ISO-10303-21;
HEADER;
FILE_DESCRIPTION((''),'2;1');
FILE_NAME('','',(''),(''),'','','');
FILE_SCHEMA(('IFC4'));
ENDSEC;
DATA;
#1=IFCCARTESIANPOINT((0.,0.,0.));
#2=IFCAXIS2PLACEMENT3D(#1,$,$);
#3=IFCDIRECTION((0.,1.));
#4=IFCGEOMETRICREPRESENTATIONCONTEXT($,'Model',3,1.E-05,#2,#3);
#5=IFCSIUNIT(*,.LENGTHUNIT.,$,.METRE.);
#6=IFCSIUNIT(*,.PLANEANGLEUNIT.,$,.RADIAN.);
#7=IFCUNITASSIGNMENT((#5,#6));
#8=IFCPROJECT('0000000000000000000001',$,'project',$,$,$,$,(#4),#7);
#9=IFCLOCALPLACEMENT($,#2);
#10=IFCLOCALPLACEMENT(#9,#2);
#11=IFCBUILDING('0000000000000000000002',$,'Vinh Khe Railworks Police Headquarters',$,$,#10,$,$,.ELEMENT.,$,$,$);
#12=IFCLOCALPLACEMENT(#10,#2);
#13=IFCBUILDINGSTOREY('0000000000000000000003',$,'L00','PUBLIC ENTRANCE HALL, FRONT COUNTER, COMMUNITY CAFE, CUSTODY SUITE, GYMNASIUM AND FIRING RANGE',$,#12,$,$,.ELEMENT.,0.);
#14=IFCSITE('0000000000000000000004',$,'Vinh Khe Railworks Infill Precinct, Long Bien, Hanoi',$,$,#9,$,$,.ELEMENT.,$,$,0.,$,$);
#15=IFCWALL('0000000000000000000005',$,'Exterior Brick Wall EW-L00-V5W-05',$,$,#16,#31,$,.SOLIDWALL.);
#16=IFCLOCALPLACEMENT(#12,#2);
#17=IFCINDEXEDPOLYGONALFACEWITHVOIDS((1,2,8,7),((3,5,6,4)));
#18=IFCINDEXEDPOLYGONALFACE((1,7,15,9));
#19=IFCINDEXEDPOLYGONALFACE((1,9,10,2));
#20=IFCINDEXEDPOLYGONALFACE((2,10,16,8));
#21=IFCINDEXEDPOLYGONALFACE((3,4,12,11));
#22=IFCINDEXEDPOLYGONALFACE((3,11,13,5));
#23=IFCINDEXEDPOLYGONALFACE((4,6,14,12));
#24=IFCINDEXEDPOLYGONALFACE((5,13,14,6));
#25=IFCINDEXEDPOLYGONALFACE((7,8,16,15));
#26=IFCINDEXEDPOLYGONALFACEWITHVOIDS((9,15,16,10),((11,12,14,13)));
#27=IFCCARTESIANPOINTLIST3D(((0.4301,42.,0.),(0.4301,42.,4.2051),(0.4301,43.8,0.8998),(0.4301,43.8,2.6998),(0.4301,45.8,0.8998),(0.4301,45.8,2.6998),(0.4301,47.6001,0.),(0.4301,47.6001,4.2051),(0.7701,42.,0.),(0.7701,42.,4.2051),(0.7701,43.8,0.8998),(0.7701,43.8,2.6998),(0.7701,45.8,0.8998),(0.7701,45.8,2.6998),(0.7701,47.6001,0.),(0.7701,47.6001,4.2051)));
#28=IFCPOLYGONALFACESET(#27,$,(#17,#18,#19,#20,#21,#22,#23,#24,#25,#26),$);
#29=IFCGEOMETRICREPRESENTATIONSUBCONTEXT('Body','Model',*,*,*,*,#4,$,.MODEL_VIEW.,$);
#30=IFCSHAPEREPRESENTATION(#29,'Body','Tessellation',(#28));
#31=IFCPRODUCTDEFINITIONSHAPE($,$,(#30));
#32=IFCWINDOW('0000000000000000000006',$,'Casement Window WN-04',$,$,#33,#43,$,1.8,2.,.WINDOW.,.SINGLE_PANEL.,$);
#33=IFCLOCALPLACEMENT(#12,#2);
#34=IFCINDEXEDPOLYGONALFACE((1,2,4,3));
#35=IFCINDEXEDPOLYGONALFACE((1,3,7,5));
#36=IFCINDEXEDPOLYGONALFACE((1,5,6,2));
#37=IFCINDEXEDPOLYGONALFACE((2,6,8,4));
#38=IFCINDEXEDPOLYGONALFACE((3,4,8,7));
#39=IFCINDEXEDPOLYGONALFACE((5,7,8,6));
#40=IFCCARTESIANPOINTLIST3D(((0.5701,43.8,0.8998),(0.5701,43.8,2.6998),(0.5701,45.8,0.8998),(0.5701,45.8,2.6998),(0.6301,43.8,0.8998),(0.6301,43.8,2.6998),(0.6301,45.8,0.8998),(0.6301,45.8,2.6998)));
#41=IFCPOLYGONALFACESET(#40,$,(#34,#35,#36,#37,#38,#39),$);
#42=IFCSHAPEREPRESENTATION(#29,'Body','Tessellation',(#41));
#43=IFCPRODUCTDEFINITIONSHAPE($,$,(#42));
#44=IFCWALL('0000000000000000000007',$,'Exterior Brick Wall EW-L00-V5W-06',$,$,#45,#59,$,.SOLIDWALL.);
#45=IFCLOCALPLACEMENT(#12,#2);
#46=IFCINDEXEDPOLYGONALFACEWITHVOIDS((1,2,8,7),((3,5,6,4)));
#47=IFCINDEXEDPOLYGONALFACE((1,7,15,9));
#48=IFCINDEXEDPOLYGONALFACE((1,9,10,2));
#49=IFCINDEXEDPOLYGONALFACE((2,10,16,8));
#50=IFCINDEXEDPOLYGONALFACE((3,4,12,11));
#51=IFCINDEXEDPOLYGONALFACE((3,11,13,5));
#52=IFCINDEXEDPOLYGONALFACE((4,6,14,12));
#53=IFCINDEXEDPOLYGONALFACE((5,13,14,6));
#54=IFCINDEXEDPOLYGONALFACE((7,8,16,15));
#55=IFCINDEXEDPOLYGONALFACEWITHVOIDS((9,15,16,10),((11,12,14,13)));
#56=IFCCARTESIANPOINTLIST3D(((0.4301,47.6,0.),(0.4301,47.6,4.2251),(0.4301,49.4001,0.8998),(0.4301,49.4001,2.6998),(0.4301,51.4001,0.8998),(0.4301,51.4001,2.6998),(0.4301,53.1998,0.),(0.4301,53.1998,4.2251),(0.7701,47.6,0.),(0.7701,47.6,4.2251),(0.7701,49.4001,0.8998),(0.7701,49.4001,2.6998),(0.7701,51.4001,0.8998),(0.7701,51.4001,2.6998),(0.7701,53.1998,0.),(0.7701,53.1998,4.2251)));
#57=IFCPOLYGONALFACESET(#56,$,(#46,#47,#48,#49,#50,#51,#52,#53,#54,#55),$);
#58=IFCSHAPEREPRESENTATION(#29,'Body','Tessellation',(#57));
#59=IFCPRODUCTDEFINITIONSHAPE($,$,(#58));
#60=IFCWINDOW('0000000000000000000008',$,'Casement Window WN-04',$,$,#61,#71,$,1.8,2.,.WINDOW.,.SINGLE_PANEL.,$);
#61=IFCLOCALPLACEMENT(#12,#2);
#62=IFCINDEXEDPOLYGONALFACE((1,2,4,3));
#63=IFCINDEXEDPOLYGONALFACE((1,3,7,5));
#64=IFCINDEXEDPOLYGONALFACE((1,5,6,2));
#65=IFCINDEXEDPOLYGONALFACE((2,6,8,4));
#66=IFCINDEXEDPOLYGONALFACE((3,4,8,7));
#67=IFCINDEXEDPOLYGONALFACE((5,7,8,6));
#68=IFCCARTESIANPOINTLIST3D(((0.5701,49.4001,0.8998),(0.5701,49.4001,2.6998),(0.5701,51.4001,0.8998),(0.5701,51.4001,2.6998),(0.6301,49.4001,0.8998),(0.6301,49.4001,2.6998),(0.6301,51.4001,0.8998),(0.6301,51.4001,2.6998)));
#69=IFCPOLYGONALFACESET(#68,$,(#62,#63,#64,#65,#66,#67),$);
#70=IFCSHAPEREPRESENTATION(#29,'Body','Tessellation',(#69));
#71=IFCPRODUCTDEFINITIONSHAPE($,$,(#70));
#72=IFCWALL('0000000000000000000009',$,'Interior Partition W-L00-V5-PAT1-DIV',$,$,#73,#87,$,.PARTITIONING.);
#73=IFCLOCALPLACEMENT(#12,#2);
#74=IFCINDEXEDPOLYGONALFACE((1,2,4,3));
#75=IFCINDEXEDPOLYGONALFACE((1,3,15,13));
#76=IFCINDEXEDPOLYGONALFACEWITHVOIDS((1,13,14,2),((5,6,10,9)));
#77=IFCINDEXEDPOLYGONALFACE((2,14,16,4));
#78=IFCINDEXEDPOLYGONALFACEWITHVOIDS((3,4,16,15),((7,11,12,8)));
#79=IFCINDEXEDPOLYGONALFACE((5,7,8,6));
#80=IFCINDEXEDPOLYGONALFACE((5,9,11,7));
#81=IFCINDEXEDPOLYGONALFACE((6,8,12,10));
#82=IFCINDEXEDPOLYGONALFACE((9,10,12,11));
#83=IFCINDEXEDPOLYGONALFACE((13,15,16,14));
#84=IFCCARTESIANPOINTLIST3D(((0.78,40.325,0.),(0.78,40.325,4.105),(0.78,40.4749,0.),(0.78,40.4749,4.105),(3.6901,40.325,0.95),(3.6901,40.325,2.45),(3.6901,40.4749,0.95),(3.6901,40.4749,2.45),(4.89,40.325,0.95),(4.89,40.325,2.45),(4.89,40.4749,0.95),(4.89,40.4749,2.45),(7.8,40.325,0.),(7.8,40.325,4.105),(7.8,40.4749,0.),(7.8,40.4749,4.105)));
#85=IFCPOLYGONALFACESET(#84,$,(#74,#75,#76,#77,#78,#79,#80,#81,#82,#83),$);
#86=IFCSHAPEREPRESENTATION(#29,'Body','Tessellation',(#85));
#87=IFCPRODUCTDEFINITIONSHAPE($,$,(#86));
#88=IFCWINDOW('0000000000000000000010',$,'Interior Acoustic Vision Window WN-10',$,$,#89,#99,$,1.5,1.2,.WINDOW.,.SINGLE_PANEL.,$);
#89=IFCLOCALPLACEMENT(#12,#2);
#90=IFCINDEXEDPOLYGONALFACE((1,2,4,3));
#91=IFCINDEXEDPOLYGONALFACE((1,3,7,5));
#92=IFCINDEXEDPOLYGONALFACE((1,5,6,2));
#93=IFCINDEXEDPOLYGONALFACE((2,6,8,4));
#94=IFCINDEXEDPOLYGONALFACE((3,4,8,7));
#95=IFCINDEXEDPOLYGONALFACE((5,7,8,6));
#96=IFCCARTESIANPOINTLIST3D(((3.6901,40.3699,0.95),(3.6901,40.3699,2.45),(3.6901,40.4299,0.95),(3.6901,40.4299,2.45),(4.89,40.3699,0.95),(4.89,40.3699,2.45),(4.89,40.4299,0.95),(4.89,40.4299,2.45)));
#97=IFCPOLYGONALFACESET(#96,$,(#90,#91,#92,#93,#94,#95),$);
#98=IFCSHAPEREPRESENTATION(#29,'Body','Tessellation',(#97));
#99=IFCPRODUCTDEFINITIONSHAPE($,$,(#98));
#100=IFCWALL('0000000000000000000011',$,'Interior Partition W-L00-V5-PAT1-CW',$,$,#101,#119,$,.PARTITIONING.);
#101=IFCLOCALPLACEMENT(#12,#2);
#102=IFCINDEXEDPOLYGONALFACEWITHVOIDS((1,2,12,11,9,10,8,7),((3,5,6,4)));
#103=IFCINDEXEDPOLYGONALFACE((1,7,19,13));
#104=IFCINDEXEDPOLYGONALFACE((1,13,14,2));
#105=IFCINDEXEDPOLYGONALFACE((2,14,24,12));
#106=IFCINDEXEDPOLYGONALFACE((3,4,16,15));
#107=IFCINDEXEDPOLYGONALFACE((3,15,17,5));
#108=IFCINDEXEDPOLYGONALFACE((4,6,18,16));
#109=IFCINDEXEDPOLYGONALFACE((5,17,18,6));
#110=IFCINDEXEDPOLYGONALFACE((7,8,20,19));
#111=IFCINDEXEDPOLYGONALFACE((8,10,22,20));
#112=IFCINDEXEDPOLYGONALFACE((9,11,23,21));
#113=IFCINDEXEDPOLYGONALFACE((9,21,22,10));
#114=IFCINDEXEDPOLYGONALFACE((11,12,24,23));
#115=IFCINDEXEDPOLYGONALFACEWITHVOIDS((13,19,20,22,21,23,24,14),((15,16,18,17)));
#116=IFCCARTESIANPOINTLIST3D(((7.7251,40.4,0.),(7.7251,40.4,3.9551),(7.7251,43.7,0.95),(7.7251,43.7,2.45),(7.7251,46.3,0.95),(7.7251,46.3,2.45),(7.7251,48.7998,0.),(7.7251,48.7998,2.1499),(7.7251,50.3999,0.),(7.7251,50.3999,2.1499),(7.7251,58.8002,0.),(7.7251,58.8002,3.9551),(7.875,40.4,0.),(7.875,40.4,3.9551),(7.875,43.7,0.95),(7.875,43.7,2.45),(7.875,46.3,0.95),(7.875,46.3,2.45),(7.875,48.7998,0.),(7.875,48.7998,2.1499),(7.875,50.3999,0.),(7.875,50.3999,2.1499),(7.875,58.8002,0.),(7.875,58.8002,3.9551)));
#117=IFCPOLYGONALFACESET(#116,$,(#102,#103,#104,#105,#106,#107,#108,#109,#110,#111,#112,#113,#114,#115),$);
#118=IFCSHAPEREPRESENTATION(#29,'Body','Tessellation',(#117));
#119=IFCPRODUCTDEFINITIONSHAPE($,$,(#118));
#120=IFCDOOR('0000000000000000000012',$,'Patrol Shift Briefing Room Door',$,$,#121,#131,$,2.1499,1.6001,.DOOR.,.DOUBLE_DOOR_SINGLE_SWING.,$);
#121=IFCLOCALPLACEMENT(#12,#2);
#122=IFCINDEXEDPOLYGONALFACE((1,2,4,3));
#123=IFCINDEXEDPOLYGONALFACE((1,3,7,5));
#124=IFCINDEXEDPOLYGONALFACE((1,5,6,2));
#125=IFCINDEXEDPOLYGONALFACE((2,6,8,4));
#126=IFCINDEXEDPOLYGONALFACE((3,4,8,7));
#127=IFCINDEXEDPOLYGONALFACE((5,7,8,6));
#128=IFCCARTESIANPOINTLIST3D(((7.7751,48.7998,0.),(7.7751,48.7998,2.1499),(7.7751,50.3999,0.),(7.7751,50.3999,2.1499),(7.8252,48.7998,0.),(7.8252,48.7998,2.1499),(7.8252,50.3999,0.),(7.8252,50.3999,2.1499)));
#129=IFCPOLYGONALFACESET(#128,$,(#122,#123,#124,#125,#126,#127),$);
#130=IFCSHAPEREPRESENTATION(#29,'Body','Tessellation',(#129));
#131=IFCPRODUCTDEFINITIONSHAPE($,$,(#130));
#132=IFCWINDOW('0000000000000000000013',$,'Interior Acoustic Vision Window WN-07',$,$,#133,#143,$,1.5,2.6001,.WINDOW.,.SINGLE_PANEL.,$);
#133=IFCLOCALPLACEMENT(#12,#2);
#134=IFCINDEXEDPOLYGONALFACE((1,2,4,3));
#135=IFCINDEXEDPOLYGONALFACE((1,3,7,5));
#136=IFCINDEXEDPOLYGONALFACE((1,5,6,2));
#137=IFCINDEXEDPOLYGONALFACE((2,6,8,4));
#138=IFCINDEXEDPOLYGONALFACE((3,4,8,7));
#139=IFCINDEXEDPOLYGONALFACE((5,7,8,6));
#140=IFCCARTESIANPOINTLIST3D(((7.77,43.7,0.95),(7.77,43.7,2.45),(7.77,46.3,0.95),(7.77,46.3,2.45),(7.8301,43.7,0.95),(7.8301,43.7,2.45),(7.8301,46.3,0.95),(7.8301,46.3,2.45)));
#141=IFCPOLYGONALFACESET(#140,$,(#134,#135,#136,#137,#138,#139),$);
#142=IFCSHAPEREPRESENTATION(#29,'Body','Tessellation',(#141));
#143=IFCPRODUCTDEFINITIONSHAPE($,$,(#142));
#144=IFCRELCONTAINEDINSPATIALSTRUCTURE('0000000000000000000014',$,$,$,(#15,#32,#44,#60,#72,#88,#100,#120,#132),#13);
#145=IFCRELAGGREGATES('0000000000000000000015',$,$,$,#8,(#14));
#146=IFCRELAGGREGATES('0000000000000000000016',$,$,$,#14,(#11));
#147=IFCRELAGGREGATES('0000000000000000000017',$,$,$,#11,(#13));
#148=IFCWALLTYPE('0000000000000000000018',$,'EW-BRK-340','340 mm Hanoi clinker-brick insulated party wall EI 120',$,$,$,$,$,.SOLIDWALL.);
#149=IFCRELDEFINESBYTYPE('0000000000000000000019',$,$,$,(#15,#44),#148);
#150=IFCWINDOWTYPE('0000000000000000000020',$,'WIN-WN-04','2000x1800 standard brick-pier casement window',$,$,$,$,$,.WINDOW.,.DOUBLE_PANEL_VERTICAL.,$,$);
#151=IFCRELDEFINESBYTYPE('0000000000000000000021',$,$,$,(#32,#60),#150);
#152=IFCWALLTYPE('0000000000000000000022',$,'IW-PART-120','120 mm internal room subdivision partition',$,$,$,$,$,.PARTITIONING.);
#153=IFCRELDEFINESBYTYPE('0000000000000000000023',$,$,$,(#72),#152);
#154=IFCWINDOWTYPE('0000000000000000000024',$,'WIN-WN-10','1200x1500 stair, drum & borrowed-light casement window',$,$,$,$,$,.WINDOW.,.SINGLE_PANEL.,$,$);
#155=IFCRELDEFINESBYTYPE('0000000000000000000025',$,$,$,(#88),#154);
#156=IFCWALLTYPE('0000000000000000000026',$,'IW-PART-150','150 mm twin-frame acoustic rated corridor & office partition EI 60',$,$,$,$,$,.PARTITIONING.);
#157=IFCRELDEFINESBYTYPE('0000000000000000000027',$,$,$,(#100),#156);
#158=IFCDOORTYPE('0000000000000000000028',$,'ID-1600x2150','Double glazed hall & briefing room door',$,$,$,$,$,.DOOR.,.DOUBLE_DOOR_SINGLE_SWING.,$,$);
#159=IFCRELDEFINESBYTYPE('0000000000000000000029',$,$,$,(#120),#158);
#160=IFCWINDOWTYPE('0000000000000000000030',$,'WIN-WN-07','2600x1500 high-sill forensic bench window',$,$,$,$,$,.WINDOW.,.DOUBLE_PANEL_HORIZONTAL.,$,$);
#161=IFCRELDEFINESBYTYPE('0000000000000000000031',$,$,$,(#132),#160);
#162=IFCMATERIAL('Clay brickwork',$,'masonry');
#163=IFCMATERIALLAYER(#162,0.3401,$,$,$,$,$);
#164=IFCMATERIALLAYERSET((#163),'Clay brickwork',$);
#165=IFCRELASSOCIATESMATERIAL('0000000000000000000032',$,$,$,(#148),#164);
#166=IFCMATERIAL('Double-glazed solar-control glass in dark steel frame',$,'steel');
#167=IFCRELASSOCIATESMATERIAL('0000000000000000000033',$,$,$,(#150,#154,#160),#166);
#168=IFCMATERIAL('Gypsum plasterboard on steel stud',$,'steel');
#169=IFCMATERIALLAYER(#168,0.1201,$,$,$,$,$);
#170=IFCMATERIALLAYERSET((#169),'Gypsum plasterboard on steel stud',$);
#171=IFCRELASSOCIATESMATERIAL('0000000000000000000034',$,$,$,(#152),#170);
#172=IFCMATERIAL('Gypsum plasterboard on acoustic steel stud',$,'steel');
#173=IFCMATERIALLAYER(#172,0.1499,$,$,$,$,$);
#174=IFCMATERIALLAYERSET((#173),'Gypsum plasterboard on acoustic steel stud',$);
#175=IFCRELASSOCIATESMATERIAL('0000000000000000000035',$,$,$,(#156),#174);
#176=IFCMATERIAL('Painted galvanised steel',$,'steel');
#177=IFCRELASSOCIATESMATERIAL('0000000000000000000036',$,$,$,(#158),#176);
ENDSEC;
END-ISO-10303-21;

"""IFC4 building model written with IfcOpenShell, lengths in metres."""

from ifc_helpers import new_model, si_unit, direction, frame, frame_2d, origin, place, context, subcontext, project, spatial, rectangle, extrude, material, layer, layer_set, type_object, element, fill, save


model = new_model("IFC4")

# Units and contexts
model_context = context("Model", 3, precision=1e-05, world=origin(), true_north=direction((0.0, 1.0)))
body_context = subcontext(model_context, "Body", "Model", "MODEL_VIEW")
ifc_project = project(units=[si_unit("LENGTHUNIT", "METRE"), si_unit("PLANEANGLEUNIT", "RADIAN")], contexts=[model_context])

# Site, building, storey
site_placement = place(None, origin())
site = spatial("IfcSite", under=ifc_project, at=site_placement, Name="Vinh Khe Railworks Infill Precinct, Long Bien, Hanoi", CompositionType="ELEMENT", RefElevation=0.0)
building_placement = place(site_placement, origin())
building = spatial("IfcBuilding", under=site, at=building_placement, Name="Vinh Khe Railworks Police Headquarters", CompositionType="ELEMENT")
storey_placement = place(building_placement, origin())
storey = spatial("IfcBuildingStorey", under=building, at=storey_placement, Name="L00", Description="PUBLIC ENTRANCE HALL, FRONT COUNTER, COMMUNITY CAFE, CUSTODY SUITE, GYMNASIUM AND FIRING RANGE", CompositionType="ELEMENT", Elevation=0.0)

# Walls, openings, windows
ifc_material_1 = material(Name="Clay brickwork", Category="masonry")
ifc_layer_1 = layer(ifc_material_1, 0.3401)
ifc_layer_set_1 = layer_set([ifc_layer_1], Name="Clay brickwork")
wall_type_1 = type_object("IfcWallType", Name="EW-BRK-340", Description="340 mm Hanoi clinker-brick insulated party wall EI 120", PredefinedType="SOLIDWALL", material=ifc_layer_set_1)
wall_1_placement = place(storey_placement, frame((0.6001, 42.0, 0.0), z_axis=(0.0, 0.0, 1.0), x_axis=(0.0, 1.0, 0.0)))
wall_1 = element("IfcWall", 1, at=wall_1_placement, inside=storey, type_object=wall_type_1, Name="Exterior Brick Wall EW-L00-V5W-05", PredefinedType="SOLIDWALL", context=body_context, shape_type="SweptSolid", body=[
    extrude(rectangle(XDim=5.6001, YDim=0.3401, at=frame_2d((2.8, 0.0))), origin(), (0.0, 0.0, 1.0), 4.2051),
])
opening_1_placement = place(wall_1_placement, frame((1.8, 0.0, 0.8999)))
opening_1 = element("IfcOpeningElement", 2, at=opening_1_placement, cuts=wall_1, PredefinedType="OPENING", context=body_context, shape_type="SweptSolid", body=[
    extrude(rectangle(XDim=2.0, YDim=1.8, at=frame_2d((1.0, 0.8999))), frame((0.0, 0.1851, 0.0), z_axis=(0.0, -1.0, 0.0), x_axis=(1.0, 0.0, 0.0)), (0.0, 0.0, 1.0), 0.3699),
])
ifc_material_2 = material(Name="Double-glazed solar-control glass in dark steel frame", Category="steel")
window_type_1 = type_object("IfcWindowType", Name="WIN-WN-04", Description="2000x1800 standard brick-pier casement window", PartitioningType="DOUBLE_PANEL_VERTICAL", PredefinedType="WINDOW", material=ifc_material_2)
window_1_placement = place(opening_1_placement, origin())
window_1 = element("IfcWindow", 3, at=window_1_placement, inside=storey, type_object=window_type_1, Name="Casement Window WN-04", OverallHeight=1.8, OverallWidth=2.0, PartitioningType="SINGLE_PANEL", PredefinedType="WINDOW", context=body_context, shape_type="SweptSolid", body=[
    extrude(rectangle(XDim=2.0, YDim=1.8, at=frame_2d((1.0, 0.8999))), frame((0.0, 0.03, 0.0), z_axis=(0.0, -1.0, 0.0), x_axis=(1.0, 0.0, 0.0)), (0.0, 0.0, 1.0), 0.0601),
])
fill(opening_1, window_1)
wall_2_placement = place(storey_placement, frame((0.6001, 47.6001, 0.0), z_axis=(0.0, 0.0, 1.0), x_axis=(0.0, 1.0, 0.0)))
wall_2 = element("IfcWall", 4, at=wall_2_placement, inside=storey, type_object=wall_type_1, Name="Exterior Brick Wall EW-L00-V5W-06", PredefinedType="SOLIDWALL", context=body_context, shape_type="SweptSolid", body=[
    extrude(rectangle(XDim=5.5999, YDim=0.3401, at=frame_2d((2.7998, 0.0))), origin(), (0.0, 0.0, 1.0), 4.2251),
])
opening_2_placement = place(wall_2_placement, frame((1.8, 0.0, 0.8999)))
opening_2 = element("IfcOpeningElement", 5, at=opening_2_placement, cuts=wall_2, PredefinedType="OPENING", context=body_context, shape_type="SweptSolid", body=[
    extrude(rectangle(XDim=2.0, YDim=1.8, at=frame_2d((1.0, 0.8999))), frame((0.0, 0.1851, 0.0), z_axis=(0.0, -1.0, 0.0), x_axis=(1.0, 0.0, 0.0)), (0.0, 0.0, 1.0), 0.3699),
])
window_2_placement = place(opening_2_placement, origin())
window_2 = element("IfcWindow", 6, at=window_2_placement, inside=storey, type_object=window_type_1, Name="Casement Window WN-04", OverallHeight=1.8, OverallWidth=2.0, PartitioningType="SINGLE_PANEL", PredefinedType="WINDOW", context=body_context, shape_type="SweptSolid", body=[
    extrude(rectangle(XDim=2.0, YDim=1.8, at=frame_2d((1.0, 0.8999))), frame((0.0, 0.03, 0.0), z_axis=(0.0, -1.0, 0.0), x_axis=(1.0, 0.0, 0.0)), (0.0, 0.0, 1.0), 0.0601),
])
fill(opening_2, window_2)

# Shared definitions
ifc_material_3 = material(Name="Painted galvanised steel", Category="steel")

# Wall, opening, window
ifc_material_4 = material(Name="Gypsum plasterboard on steel stud", Category="steel")
ifc_layer_2 = layer(ifc_material_4, 0.1201)
ifc_layer_set_2 = layer_set([ifc_layer_2], Name="Gypsum plasterboard on steel stud")
wall_type_2 = type_object("IfcWallType", Name="IW-PART-120", Description="120 mm internal room subdivision partition", PredefinedType="PARTITIONING", material=ifc_layer_set_2)
wall_3_placement = place(storey_placement, frame((0.78, 40.3999, 0.0), z_axis=(0.0, 0.0, 1.0), x_axis=(1.0, 0.0, 0.0)))
wall_3 = element("IfcWall", 7, at=wall_3_placement, inside=storey, type_object=wall_type_2, Name="Interior Partition W-L00-V5-PAT1-DIV", PredefinedType="PARTITIONING", context=body_context, shape_type="SweptSolid", body=[
    extrude(rectangle(XDim=7.02, YDim=0.1499, at=frame_2d((3.51, 0.0))), origin(), (0.0, 0.0, 1.0), 4.105),
])
opening_3_placement = place(wall_3_placement, frame((2.9099, 0.0, 0.95)))
opening_3 = element("IfcOpeningElement", 8, at=opening_3_placement, cuts=wall_3, PredefinedType="OPENING", context=body_context, shape_type="SweptSolid", body=[
    extrude(rectangle(XDim=1.2, YDim=1.5, at=frame_2d((0.6001, 0.75))), frame((0.0, 0.0898, 0.0), z_axis=(0.0, -1.0, 0.0), x_axis=(1.0, 0.0, 0.0)), (0.0, 0.0, 1.0), 0.1797),
])
window_type_2 = type_object("IfcWindowType", Name="WIN-WN-10", Description="1200x1500 stair, drum & borrowed-light casement window", PartitioningType="SINGLE_PANEL", PredefinedType="WINDOW", material=ifc_material_2)
window_3_placement = place(opening_3_placement, origin())
window_3 = element("IfcWindow", 9, at=window_3_placement, inside=storey, type_object=window_type_2, Name="Interior Acoustic Vision Window WN-10", OverallHeight=1.5, OverallWidth=1.2, PartitioningType="SINGLE_PANEL", PredefinedType="WINDOW", context=body_context, shape_type="SweptSolid", body=[
    extrude(rectangle(XDim=1.2, YDim=1.5, at=frame_2d((0.6001, 0.75))), frame((0.0, 0.03, 0.0), z_axis=(0.0, -1.0, 0.0), x_axis=(1.0, 0.0, 0.0)), (0.0, 0.0, 1.0), 0.0601),
])
fill(opening_3, window_3)

# Wall, openings, door, window
ifc_material_5 = material(Name="Gypsum plasterboard on acoustic steel stud", Category="steel")
ifc_layer_3 = layer(ifc_material_5, 0.1499)
ifc_layer_set_3 = layer_set([ifc_layer_3], Name="Gypsum plasterboard on acoustic steel stud")
wall_type_3 = type_object("IfcWallType", Name="IW-PART-150", Description="150 mm twin-frame acoustic rated corridor & office partition EI 60", PredefinedType="PARTITIONING", material=ifc_layer_set_3)
wall_4_placement = place(storey_placement, frame((7.8, 40.3999, 0.0), z_axis=(0.0, 0.0, 1.0), x_axis=(0.0, 1.0, 0.0)))
wall_4 = element("IfcWall", 10, at=wall_4_placement, inside=storey, type_object=wall_type_3, Name="Interior Partition W-L00-V5-PAT1-CW", PredefinedType="PARTITIONING", context=body_context, shape_type="SweptSolid", body=[
    extrude(rectangle(XDim=18.4001, YDim=0.1499, at=frame_2d((9.2002, 0.0))), origin(), (0.0, 0.0, 1.0), 3.9551),
])
opening_4_placement = place(wall_4_placement, frame((8.3999, 0.0, 0.0)))
opening_4 = element("IfcOpeningElement", 11, at=opening_4_placement, cuts=wall_4, PredefinedType="OPENING", context=body_context, shape_type="SweptSolid", body=[
    extrude(rectangle(XDim=1.6001, YDim=2.1499, at=frame_2d((0.8, 1.075))), frame((0.0, 0.0898, 0.0), z_axis=(0.0, -1.0, 0.0), x_axis=(1.0, 0.0, 0.0)), (0.0, 0.0, 1.0), 0.1797),
])
opening_5_placement = place(wall_4_placement, frame((3.3, 0.0, 0.95)))
opening_5 = element("IfcOpeningElement", 12, at=opening_5_placement, cuts=wall_4, PredefinedType="OPENING", context=body_context, shape_type="SweptSolid", body=[
    extrude(rectangle(XDim=2.6001, YDim=1.5, at=frame_2d((1.3, 0.75))), frame((0.0, 0.0898, 0.0), z_axis=(0.0, -1.0, 0.0), x_axis=(1.0, 0.0, 0.0)), (0.0, 0.0, 1.0), 0.1797),
])
door_type_1 = type_object("IfcDoorType", Name="ID-1600x2150", Description="Double glazed hall & briefing room door", OperationType="DOUBLE_DOOR_SINGLE_SWING", PredefinedType="DOOR", material=ifc_material_3)
door_1_placement = place(opening_4_placement, origin())
door_1 = element("IfcDoor", 13, at=door_1_placement, inside=storey, type_object=door_type_1, Name="Patrol Shift Briefing Room Door", OperationType="DOUBLE_DOOR_SINGLE_SWING", OverallHeight=2.1499, OverallWidth=1.6001, PredefinedType="DOOR", context=body_context, shape_type="SweptSolid", body=[
    extrude(rectangle(XDim=1.6001, YDim=2.1499, at=frame_2d((0.8, 1.075))), frame((0.0, 0.0249, 0.0), z_axis=(0.0, -1.0, 0.0), x_axis=(1.0, 0.0, 0.0)), (0.0, 0.0, 1.0), 0.05),
])
fill(opening_4, door_1)
window_type_3 = type_object("IfcWindowType", Name="WIN-WN-07", Description="2600x1500 high-sill forensic bench window", PartitioningType="DOUBLE_PANEL_HORIZONTAL", PredefinedType="WINDOW", material=ifc_material_2)
window_4_placement = place(opening_5_placement, origin())
window_4 = element("IfcWindow", 14, at=window_4_placement, inside=storey, type_object=window_type_3, Name="Interior Acoustic Vision Window WN-07", OverallHeight=1.5, OverallWidth=2.6001, PartitioningType="SINGLE_PANEL", PredefinedType="WINDOW", context=body_context, shape_type="SweptSolid", body=[
    extrude(rectangle(XDim=2.6001, YDim=1.5, at=frame_2d((1.3, 0.75))), frame((0.0, 0.03, 0.0), z_axis=(0.0, -1.0, 0.0), x_axis=(1.0, 0.0, 0.0)), (0.0, 0.0, 1.0), 0.0601),
])
fill(opening_5, window_4)

save(model, "model.ifc")
